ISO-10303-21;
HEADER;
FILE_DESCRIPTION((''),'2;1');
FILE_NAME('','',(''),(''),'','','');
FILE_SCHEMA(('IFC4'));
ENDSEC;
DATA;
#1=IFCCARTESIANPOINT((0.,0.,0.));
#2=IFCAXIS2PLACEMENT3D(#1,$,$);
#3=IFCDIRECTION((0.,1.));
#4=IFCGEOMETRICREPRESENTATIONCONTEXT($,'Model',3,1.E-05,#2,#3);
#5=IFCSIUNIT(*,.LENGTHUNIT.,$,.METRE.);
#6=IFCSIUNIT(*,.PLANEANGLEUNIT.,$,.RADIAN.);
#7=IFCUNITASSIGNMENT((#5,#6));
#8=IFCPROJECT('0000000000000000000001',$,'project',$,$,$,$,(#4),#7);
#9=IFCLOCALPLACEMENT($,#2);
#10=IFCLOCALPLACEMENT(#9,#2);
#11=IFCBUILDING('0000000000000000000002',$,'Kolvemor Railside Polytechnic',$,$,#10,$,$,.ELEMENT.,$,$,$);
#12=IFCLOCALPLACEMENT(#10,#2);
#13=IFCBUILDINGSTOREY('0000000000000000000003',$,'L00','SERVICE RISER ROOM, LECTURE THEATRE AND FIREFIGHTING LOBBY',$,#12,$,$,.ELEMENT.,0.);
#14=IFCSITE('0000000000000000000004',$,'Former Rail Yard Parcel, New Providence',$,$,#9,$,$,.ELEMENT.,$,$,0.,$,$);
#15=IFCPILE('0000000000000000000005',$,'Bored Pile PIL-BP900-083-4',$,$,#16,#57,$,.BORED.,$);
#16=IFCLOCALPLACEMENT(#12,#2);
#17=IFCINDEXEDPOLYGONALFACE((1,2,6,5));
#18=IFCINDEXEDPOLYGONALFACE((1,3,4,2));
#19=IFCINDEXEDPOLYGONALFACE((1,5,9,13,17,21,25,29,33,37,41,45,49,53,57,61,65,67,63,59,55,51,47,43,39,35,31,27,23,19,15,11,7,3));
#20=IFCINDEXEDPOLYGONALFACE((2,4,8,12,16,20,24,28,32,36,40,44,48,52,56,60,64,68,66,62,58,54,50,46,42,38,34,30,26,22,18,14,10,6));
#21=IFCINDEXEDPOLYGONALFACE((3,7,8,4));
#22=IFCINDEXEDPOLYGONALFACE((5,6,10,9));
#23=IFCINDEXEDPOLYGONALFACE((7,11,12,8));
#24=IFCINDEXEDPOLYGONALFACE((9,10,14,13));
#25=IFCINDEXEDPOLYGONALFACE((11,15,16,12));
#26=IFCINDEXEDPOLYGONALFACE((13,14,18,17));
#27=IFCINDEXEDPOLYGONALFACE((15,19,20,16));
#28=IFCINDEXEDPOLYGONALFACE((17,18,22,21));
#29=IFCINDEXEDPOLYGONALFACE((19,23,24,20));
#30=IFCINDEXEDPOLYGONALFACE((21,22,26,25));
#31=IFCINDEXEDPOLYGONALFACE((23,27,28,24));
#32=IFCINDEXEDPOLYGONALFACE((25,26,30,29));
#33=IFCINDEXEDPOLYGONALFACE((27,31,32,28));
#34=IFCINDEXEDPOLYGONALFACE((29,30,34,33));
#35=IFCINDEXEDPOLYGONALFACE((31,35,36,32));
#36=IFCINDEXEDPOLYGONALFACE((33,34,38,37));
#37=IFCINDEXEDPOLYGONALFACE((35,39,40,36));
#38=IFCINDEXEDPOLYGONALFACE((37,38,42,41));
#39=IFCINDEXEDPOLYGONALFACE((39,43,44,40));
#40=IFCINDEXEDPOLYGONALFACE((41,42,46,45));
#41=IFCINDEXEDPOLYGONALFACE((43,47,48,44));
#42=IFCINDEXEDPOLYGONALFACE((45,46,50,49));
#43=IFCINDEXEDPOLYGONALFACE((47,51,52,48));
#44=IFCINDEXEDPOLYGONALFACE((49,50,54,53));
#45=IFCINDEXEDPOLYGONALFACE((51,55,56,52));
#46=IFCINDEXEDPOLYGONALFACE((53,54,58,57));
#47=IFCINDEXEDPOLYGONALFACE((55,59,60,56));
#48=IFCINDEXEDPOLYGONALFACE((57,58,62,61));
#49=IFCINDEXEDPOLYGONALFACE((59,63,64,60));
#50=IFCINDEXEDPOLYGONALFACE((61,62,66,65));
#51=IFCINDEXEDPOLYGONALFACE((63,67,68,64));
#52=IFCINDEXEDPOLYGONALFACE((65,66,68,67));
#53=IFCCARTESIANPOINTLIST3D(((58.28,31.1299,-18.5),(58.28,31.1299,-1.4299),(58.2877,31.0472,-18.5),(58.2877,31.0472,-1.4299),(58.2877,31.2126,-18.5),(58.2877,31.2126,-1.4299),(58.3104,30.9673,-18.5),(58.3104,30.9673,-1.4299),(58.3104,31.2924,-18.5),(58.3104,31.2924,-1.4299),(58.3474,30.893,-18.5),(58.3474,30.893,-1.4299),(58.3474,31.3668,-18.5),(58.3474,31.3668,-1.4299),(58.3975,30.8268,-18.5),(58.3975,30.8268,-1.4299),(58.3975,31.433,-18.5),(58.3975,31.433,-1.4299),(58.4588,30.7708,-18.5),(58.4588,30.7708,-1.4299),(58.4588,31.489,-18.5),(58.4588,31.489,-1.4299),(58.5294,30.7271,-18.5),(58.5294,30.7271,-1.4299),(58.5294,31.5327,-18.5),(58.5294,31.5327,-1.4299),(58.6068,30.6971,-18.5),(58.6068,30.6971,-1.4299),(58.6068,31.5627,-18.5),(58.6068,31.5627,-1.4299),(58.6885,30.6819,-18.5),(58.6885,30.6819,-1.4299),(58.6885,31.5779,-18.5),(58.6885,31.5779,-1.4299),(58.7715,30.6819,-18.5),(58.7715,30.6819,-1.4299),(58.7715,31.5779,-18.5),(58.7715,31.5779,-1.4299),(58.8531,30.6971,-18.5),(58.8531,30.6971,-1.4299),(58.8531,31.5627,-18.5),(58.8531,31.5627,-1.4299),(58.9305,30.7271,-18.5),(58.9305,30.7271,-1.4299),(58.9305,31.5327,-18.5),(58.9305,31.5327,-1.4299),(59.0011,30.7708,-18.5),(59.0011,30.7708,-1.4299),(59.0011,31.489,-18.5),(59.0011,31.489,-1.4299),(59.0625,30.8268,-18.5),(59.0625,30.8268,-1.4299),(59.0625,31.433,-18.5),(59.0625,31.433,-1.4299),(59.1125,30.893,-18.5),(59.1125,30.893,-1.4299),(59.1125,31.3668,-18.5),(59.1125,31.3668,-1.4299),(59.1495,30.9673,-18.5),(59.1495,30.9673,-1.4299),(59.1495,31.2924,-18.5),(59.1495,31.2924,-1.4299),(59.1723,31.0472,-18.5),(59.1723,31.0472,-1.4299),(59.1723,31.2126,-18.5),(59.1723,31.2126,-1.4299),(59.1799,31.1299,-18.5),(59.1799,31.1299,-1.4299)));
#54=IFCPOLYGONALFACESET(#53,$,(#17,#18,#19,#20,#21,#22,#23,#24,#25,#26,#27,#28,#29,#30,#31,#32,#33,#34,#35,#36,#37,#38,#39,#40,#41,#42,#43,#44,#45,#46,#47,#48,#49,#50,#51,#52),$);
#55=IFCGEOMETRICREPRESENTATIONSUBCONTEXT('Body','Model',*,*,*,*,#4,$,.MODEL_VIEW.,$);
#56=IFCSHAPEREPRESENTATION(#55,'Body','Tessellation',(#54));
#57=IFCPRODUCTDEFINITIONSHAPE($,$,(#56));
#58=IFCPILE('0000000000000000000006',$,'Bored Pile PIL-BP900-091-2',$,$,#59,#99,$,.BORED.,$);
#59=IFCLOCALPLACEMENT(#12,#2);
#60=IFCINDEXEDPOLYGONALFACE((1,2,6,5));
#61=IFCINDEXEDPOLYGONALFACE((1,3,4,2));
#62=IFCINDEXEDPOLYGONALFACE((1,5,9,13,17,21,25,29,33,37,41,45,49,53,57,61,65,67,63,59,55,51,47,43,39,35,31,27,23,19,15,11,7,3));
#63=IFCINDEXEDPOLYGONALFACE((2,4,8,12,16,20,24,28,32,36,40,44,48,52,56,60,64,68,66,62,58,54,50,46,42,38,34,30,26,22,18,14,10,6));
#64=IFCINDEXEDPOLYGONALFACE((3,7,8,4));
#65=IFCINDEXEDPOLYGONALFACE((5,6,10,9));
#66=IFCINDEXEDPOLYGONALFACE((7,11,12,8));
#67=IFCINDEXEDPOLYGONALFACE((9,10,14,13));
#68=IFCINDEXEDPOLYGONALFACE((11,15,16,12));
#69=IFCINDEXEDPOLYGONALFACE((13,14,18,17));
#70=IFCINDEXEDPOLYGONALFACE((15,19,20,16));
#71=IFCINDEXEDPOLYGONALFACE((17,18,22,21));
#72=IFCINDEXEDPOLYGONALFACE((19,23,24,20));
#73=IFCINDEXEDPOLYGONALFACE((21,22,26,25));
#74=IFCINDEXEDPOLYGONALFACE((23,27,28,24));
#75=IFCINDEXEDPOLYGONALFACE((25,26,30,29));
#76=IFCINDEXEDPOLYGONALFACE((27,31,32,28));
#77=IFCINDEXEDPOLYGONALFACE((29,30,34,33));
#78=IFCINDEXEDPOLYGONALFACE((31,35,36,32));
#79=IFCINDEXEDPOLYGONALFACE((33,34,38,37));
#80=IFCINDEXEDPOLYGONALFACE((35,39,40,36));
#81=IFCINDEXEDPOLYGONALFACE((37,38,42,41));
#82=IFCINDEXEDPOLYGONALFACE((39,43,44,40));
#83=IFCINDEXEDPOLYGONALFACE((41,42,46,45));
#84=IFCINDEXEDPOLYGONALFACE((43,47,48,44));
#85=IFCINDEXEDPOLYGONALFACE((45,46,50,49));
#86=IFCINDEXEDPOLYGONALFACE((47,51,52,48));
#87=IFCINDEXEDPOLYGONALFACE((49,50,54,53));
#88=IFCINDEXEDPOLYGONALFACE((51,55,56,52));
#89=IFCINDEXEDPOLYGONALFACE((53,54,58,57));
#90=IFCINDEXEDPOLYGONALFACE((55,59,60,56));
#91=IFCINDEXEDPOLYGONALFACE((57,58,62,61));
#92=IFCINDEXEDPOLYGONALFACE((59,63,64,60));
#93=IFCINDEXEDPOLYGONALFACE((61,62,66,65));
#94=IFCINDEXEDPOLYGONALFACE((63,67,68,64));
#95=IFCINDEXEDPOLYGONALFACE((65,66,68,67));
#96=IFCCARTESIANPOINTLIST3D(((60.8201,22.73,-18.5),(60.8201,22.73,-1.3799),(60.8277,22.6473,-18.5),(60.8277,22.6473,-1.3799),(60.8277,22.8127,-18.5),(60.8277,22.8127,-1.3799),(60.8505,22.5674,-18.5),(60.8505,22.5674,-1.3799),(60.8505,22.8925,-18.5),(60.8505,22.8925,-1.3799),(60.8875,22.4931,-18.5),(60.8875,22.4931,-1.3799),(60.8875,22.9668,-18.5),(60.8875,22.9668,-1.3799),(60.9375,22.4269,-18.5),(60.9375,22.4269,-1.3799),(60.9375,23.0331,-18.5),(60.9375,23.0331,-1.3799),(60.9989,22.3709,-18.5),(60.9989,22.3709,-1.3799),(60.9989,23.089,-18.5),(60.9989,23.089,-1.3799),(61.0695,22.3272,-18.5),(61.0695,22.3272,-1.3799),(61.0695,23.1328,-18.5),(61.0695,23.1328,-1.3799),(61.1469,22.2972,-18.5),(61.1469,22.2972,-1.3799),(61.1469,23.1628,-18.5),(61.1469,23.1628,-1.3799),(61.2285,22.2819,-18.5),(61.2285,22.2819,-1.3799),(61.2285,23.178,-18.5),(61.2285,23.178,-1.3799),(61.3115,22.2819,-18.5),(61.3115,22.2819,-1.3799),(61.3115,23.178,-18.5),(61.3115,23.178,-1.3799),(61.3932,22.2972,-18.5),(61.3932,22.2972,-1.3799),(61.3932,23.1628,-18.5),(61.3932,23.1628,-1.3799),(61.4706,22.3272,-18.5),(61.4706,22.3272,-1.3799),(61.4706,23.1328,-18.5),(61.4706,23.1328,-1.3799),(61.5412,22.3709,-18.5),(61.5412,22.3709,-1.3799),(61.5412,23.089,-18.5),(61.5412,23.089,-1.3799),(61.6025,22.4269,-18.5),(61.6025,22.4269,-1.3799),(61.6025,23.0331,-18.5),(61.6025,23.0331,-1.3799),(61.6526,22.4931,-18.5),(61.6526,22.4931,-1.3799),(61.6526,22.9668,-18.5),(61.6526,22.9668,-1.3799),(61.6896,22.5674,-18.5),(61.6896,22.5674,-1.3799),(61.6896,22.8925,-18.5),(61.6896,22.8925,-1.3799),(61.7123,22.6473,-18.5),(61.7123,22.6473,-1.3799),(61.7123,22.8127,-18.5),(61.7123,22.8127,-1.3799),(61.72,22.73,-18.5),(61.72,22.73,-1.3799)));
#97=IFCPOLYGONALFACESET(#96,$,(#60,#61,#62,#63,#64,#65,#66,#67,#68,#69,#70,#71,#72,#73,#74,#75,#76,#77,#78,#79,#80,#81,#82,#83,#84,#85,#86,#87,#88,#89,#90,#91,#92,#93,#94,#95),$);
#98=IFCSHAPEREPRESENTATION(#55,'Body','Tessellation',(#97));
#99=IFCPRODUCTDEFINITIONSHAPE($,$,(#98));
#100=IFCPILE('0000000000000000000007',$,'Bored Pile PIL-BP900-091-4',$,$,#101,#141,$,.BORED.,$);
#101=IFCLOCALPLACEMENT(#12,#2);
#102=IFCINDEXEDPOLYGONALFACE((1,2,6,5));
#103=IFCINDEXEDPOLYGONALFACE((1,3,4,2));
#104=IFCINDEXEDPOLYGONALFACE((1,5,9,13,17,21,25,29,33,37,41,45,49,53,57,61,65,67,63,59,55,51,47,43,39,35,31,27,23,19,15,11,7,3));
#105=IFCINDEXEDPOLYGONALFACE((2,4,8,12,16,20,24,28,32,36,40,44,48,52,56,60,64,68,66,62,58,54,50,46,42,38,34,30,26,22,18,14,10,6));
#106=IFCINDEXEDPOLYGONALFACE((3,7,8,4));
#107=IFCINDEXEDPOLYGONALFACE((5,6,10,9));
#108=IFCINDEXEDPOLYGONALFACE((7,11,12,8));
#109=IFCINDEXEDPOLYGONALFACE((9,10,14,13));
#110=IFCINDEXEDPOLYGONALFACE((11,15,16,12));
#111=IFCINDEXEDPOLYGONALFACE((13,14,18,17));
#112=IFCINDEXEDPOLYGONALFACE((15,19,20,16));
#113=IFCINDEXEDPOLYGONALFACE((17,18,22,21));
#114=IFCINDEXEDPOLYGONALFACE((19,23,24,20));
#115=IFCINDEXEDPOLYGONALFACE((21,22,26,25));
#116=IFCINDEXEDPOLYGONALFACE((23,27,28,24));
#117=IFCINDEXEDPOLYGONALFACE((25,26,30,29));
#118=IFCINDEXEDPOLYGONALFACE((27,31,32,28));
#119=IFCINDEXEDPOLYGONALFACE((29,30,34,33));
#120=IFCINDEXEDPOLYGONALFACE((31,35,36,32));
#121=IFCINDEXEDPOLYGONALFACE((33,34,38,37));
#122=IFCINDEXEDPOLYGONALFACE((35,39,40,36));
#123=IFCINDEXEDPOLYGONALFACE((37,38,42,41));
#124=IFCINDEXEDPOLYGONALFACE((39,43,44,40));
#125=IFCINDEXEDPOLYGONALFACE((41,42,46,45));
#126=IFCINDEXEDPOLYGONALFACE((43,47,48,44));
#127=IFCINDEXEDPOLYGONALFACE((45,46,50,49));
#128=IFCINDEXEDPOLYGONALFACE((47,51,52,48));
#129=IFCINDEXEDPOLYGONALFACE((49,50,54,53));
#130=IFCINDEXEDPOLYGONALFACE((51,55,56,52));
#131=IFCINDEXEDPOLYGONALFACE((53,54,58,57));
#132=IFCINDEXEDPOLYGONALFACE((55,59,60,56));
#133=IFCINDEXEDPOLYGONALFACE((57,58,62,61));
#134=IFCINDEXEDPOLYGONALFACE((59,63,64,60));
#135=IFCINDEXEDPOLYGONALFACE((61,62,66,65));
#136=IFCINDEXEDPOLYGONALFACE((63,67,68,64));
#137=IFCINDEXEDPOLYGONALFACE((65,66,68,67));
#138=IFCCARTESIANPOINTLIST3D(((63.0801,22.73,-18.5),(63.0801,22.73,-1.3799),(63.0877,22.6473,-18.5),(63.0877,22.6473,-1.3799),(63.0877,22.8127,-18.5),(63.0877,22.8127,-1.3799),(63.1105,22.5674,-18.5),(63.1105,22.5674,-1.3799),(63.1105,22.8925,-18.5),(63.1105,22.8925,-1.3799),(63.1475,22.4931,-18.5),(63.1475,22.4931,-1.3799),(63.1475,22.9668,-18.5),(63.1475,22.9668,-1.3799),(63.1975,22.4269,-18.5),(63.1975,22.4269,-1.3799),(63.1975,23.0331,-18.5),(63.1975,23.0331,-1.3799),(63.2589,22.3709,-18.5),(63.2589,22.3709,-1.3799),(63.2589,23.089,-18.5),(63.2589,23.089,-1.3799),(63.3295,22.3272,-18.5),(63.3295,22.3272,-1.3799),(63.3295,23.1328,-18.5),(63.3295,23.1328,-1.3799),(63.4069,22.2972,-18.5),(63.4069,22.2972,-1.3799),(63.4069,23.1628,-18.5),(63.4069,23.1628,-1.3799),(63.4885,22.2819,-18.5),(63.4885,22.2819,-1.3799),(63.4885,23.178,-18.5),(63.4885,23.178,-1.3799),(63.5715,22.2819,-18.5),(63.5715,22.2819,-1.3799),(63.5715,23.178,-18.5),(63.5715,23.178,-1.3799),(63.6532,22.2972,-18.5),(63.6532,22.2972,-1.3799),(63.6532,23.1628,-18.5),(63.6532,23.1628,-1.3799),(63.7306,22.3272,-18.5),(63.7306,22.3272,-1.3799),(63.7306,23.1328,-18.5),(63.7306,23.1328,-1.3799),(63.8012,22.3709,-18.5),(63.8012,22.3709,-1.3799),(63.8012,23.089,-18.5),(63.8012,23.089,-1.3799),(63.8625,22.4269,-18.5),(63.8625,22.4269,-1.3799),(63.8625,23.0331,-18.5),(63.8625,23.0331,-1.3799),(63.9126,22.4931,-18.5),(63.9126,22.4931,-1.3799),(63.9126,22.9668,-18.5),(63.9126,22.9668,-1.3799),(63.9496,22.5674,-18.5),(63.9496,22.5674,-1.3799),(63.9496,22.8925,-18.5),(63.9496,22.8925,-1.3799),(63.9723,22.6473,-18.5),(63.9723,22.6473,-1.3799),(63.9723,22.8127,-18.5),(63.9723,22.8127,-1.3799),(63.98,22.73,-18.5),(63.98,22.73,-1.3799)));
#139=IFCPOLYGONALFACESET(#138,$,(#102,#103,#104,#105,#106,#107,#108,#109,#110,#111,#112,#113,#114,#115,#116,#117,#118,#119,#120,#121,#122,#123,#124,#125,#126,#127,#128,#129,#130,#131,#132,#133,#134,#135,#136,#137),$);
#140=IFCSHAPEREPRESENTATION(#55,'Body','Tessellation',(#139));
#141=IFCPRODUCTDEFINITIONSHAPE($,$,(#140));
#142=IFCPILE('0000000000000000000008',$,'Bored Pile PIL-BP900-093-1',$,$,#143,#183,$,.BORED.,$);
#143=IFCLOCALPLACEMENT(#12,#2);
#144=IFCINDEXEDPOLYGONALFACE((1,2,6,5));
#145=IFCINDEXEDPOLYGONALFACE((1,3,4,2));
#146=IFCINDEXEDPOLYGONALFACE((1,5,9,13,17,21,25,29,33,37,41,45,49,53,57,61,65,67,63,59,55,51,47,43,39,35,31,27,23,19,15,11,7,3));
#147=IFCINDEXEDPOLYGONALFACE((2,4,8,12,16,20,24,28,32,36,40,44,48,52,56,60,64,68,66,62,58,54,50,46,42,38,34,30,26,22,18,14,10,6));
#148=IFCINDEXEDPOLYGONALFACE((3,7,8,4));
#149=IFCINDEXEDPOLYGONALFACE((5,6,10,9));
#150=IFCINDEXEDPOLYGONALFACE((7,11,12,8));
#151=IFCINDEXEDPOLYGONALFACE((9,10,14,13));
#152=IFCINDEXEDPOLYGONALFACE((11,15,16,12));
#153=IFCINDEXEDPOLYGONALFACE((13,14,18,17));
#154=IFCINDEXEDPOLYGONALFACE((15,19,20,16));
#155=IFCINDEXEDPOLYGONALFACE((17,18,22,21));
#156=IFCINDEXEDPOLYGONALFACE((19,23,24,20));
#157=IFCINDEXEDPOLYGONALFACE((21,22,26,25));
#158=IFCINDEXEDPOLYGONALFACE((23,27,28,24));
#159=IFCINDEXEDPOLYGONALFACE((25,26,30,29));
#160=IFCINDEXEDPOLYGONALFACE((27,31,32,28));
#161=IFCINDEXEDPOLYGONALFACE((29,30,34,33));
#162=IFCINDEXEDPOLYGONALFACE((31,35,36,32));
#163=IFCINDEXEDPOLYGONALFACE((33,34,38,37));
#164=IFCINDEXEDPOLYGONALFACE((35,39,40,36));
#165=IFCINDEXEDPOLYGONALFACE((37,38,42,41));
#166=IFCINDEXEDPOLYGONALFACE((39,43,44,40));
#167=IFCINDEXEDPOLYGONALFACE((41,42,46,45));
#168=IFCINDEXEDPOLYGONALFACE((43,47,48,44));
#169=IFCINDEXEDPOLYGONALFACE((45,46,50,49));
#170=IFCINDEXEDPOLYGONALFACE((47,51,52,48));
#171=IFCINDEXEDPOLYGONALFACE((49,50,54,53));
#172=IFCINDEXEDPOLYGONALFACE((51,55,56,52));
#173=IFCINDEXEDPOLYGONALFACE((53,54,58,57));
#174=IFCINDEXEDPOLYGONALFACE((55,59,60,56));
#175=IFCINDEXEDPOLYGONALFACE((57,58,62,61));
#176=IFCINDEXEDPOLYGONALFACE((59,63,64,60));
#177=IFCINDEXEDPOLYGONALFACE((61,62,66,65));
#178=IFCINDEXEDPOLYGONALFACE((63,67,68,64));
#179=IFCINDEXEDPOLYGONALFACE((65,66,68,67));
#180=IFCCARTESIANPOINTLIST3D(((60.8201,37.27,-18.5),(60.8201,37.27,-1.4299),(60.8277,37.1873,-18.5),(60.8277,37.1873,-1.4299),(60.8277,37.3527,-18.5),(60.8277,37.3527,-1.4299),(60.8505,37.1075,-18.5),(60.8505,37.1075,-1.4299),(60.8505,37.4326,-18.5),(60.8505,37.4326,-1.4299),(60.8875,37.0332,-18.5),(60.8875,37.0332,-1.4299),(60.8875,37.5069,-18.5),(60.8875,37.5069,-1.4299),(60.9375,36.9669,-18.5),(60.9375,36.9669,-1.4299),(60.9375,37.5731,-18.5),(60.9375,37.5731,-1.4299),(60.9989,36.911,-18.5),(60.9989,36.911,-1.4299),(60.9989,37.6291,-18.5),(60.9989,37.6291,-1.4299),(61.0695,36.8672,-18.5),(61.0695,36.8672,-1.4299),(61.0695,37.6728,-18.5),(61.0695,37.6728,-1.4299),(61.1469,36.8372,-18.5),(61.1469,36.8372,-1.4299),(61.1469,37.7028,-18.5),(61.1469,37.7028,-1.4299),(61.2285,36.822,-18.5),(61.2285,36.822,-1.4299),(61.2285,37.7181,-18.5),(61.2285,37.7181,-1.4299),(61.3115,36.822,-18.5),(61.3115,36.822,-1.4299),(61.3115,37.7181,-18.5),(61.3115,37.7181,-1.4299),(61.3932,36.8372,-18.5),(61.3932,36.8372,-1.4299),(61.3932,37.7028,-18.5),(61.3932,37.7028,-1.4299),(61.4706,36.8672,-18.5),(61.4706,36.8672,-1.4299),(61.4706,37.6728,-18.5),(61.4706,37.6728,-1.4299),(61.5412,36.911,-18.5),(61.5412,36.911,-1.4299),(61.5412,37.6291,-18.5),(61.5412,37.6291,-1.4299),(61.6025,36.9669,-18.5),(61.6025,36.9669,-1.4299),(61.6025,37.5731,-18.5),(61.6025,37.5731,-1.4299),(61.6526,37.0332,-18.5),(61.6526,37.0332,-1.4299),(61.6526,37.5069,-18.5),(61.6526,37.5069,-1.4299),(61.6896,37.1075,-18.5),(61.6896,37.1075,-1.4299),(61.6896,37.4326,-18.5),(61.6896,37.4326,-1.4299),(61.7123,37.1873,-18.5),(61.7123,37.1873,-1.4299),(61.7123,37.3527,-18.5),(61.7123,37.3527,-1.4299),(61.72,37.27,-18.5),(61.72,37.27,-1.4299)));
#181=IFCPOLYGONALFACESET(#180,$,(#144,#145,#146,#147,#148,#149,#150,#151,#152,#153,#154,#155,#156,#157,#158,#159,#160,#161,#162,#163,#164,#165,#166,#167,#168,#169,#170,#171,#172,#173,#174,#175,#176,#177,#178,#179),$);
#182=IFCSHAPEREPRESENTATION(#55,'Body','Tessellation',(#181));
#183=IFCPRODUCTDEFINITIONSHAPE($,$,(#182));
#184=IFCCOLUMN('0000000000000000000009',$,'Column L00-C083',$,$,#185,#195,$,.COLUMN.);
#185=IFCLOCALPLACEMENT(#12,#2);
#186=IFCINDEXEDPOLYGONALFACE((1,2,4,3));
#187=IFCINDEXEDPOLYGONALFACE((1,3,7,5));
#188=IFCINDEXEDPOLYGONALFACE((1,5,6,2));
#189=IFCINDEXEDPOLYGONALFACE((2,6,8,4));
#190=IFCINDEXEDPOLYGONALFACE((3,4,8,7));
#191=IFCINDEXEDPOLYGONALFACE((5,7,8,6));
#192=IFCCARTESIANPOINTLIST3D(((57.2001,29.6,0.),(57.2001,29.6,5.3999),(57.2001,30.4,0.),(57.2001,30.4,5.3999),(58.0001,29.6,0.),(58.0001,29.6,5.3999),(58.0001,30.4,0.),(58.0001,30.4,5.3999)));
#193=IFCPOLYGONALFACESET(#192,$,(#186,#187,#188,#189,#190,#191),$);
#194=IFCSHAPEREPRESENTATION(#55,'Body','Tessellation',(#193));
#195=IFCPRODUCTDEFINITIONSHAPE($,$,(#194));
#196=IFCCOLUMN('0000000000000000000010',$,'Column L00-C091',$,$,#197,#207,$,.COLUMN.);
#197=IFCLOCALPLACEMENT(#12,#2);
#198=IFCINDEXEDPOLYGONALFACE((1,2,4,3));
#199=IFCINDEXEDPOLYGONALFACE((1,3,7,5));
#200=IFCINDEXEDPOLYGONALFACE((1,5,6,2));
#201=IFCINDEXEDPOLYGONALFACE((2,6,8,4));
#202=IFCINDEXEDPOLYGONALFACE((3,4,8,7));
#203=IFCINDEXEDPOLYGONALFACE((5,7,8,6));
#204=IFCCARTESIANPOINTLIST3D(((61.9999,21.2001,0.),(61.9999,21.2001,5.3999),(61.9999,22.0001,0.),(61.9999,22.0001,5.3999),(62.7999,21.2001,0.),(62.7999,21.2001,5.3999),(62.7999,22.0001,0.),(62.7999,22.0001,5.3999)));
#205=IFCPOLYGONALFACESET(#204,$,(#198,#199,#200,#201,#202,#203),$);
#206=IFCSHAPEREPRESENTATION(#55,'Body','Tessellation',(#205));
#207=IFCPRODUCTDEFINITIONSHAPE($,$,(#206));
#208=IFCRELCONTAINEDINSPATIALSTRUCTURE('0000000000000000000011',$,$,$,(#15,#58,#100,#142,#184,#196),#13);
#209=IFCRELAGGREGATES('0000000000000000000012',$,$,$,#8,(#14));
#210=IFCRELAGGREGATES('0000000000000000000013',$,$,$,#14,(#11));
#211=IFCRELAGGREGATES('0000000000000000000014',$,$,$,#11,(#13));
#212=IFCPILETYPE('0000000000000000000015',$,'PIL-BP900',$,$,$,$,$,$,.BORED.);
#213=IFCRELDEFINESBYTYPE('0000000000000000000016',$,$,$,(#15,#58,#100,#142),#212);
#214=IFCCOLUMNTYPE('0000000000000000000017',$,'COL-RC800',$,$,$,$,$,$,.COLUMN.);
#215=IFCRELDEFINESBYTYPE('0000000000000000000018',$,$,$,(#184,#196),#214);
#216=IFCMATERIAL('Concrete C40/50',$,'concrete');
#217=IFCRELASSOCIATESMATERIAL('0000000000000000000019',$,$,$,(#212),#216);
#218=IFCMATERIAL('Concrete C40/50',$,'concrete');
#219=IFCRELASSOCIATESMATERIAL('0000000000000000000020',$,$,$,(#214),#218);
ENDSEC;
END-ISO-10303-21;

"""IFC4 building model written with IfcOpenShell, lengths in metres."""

from ifc_helpers import new_model, si_unit, direction, frame, origin, origin_2d, place, context, subcontext, project, spatial, rectangle, circle, extrude, material, material_profile, profile_set, type_object, element, save


model = new_model("IFC4")

# Units and contexts
model_context = context("Model", 3, precision=1e-05, world=origin(), true_north=direction((0.0, 1.0)))
body_context = subcontext(model_context, "Body", "Model", "MODEL_VIEW")
ifc_project = project(units=[si_unit("LENGTHUNIT", "METRE"), si_unit("PLANEANGLEUNIT", "RADIAN")], contexts=[model_context])

# Site, building, storey
site_placement = place(None, origin())
site = spatial("IfcSite", under=ifc_project, at=site_placement, Name="Former Rail Yard Parcel, New Providence", CompositionType="ELEMENT", RefElevation=0.0)
building_placement = place(site_placement, origin())
building = spatial("IfcBuilding", under=site, at=building_placement, Name="Kolvemor Railside Polytechnic", CompositionType="ELEMENT")
storey_placement = place(building_placement, origin())
storey = spatial("IfcBuildingStorey", under=building, at=storey_placement, Name="L00", Description="SERVICE RISER ROOM, LECTURE THEATRE AND FIREFIGHTING LOBBY", CompositionType="ELEMENT", Elevation=0.0)

# Piles
ifc_material_1 = material(Name="Concrete C40/50", Category="concrete")
ifc_material_profile_1 = material_profile(ifc_material_1, circle(Radius=0.45, at=origin_2d()), Name="BP900")
ifc_profile_set_1 = profile_set([ifc_material_profile_1], Name="Concrete C40/50")
pile_type_1 = type_object("IfcPileType", Name="PIL-BP900", PredefinedType="BORED", material=ifc_profile_set_1)
for number, where, z_axis, x_axis, name in (
    (1, (58.73, 31.1299, -1.4299), (0.0, 0.0, -1.0), (1.0, 0.0, 0.0), "Bored Pile PIL-BP900-083-4"),
):
    element("IfcPile", number, at=place(storey_placement, frame(where, z_axis=z_axis, x_axis=x_axis)), inside=storey, type_object=pile_type_1, Name=name, PredefinedType="BORED", context=body_context, shape_type="SweptSolid", body=[
        extrude(circle(Radius=0.45, at=origin_2d()), origin(), (0.0, 0.0, 1.0), 17.0701),
    ])
for number, where, z_axis, x_axis, name in (
    (2, (61.27, 22.73, -1.3799), (0.0, 0.0, -1.0), (1.0, 0.0, 0.0), "Bored Pile PIL-BP900-091-2"),
    (3, (63.53, 22.73, -1.3799), (0.0, 0.0, -1.0), (1.0, 0.0, 0.0), "Bored Pile PIL-BP900-091-4"),
):
    element("IfcPile", number, at=place(storey_placement, frame(where, z_axis=z_axis, x_axis=x_axis)), inside=storey, type_object=pile_type_1, Name=name, PredefinedType="BORED", context=body_context, shape_type="SweptSolid", body=[
        extrude(circle(Radius=0.45, at=origin_2d()), origin(), (0.0, 0.0, 1.0), 17.1201),
    ])
pile_placement = place(storey_placement, frame((61.27, 37.27, -1.4299), z_axis=(0.0, 0.0, -1.0), x_axis=(1.0, 0.0, 0.0)))
element("IfcPile", 4, at=pile_placement, inside=storey, type_object=pile_type_1, Name="Bored Pile PIL-BP900-093-1", PredefinedType="BORED", context=body_context, shape_type="SweptSolid", body=[
    extrude(circle(Radius=0.45, at=origin_2d()), origin(), (0.0, 0.0, 1.0), 17.0701),
])

# Columns
ifc_material_2 = material(Name="Concrete C40/50", Category="concrete")
ifc_material_profile_2 = material_profile(ifc_material_2, rectangle(XDim=0.8, YDim=0.8, at=origin_2d()), Name="RC800x800")
ifc_profile_set_2 = profile_set([ifc_material_profile_2], Name="Concrete C40/50")
column_type = type_object("IfcColumnType", Name="COL-RC800", PredefinedType="COLUMN", material=ifc_profile_set_2)
for number, where, z_axis, x_axis, name in (
    (5, (57.6001, 30.0, 0.0), (0.0, 0.0, 1.0), (1.0, 0.0, 0.0), "Column L00-C083"),
    (6, (62.3999, 21.6001, 0.0), (0.0, 0.0, 1.0), (1.0, 0.0, 0.0), "Column L00-C091"),
):
    element("IfcColumn", number, at=place(storey_placement, frame(where, z_axis=z_axis, x_axis=x_axis)), inside=storey, type_object=column_type, Name=name, PredefinedType="COLUMN", context=body_context, shape_type="SweptSolid", body=[
        extrude(rectangle(XDim=0.8, YDim=0.8, at=origin_2d()), origin(), (0.0, 0.0, 1.0), 5.3999),
    ])

save(model, "model.ifc")
